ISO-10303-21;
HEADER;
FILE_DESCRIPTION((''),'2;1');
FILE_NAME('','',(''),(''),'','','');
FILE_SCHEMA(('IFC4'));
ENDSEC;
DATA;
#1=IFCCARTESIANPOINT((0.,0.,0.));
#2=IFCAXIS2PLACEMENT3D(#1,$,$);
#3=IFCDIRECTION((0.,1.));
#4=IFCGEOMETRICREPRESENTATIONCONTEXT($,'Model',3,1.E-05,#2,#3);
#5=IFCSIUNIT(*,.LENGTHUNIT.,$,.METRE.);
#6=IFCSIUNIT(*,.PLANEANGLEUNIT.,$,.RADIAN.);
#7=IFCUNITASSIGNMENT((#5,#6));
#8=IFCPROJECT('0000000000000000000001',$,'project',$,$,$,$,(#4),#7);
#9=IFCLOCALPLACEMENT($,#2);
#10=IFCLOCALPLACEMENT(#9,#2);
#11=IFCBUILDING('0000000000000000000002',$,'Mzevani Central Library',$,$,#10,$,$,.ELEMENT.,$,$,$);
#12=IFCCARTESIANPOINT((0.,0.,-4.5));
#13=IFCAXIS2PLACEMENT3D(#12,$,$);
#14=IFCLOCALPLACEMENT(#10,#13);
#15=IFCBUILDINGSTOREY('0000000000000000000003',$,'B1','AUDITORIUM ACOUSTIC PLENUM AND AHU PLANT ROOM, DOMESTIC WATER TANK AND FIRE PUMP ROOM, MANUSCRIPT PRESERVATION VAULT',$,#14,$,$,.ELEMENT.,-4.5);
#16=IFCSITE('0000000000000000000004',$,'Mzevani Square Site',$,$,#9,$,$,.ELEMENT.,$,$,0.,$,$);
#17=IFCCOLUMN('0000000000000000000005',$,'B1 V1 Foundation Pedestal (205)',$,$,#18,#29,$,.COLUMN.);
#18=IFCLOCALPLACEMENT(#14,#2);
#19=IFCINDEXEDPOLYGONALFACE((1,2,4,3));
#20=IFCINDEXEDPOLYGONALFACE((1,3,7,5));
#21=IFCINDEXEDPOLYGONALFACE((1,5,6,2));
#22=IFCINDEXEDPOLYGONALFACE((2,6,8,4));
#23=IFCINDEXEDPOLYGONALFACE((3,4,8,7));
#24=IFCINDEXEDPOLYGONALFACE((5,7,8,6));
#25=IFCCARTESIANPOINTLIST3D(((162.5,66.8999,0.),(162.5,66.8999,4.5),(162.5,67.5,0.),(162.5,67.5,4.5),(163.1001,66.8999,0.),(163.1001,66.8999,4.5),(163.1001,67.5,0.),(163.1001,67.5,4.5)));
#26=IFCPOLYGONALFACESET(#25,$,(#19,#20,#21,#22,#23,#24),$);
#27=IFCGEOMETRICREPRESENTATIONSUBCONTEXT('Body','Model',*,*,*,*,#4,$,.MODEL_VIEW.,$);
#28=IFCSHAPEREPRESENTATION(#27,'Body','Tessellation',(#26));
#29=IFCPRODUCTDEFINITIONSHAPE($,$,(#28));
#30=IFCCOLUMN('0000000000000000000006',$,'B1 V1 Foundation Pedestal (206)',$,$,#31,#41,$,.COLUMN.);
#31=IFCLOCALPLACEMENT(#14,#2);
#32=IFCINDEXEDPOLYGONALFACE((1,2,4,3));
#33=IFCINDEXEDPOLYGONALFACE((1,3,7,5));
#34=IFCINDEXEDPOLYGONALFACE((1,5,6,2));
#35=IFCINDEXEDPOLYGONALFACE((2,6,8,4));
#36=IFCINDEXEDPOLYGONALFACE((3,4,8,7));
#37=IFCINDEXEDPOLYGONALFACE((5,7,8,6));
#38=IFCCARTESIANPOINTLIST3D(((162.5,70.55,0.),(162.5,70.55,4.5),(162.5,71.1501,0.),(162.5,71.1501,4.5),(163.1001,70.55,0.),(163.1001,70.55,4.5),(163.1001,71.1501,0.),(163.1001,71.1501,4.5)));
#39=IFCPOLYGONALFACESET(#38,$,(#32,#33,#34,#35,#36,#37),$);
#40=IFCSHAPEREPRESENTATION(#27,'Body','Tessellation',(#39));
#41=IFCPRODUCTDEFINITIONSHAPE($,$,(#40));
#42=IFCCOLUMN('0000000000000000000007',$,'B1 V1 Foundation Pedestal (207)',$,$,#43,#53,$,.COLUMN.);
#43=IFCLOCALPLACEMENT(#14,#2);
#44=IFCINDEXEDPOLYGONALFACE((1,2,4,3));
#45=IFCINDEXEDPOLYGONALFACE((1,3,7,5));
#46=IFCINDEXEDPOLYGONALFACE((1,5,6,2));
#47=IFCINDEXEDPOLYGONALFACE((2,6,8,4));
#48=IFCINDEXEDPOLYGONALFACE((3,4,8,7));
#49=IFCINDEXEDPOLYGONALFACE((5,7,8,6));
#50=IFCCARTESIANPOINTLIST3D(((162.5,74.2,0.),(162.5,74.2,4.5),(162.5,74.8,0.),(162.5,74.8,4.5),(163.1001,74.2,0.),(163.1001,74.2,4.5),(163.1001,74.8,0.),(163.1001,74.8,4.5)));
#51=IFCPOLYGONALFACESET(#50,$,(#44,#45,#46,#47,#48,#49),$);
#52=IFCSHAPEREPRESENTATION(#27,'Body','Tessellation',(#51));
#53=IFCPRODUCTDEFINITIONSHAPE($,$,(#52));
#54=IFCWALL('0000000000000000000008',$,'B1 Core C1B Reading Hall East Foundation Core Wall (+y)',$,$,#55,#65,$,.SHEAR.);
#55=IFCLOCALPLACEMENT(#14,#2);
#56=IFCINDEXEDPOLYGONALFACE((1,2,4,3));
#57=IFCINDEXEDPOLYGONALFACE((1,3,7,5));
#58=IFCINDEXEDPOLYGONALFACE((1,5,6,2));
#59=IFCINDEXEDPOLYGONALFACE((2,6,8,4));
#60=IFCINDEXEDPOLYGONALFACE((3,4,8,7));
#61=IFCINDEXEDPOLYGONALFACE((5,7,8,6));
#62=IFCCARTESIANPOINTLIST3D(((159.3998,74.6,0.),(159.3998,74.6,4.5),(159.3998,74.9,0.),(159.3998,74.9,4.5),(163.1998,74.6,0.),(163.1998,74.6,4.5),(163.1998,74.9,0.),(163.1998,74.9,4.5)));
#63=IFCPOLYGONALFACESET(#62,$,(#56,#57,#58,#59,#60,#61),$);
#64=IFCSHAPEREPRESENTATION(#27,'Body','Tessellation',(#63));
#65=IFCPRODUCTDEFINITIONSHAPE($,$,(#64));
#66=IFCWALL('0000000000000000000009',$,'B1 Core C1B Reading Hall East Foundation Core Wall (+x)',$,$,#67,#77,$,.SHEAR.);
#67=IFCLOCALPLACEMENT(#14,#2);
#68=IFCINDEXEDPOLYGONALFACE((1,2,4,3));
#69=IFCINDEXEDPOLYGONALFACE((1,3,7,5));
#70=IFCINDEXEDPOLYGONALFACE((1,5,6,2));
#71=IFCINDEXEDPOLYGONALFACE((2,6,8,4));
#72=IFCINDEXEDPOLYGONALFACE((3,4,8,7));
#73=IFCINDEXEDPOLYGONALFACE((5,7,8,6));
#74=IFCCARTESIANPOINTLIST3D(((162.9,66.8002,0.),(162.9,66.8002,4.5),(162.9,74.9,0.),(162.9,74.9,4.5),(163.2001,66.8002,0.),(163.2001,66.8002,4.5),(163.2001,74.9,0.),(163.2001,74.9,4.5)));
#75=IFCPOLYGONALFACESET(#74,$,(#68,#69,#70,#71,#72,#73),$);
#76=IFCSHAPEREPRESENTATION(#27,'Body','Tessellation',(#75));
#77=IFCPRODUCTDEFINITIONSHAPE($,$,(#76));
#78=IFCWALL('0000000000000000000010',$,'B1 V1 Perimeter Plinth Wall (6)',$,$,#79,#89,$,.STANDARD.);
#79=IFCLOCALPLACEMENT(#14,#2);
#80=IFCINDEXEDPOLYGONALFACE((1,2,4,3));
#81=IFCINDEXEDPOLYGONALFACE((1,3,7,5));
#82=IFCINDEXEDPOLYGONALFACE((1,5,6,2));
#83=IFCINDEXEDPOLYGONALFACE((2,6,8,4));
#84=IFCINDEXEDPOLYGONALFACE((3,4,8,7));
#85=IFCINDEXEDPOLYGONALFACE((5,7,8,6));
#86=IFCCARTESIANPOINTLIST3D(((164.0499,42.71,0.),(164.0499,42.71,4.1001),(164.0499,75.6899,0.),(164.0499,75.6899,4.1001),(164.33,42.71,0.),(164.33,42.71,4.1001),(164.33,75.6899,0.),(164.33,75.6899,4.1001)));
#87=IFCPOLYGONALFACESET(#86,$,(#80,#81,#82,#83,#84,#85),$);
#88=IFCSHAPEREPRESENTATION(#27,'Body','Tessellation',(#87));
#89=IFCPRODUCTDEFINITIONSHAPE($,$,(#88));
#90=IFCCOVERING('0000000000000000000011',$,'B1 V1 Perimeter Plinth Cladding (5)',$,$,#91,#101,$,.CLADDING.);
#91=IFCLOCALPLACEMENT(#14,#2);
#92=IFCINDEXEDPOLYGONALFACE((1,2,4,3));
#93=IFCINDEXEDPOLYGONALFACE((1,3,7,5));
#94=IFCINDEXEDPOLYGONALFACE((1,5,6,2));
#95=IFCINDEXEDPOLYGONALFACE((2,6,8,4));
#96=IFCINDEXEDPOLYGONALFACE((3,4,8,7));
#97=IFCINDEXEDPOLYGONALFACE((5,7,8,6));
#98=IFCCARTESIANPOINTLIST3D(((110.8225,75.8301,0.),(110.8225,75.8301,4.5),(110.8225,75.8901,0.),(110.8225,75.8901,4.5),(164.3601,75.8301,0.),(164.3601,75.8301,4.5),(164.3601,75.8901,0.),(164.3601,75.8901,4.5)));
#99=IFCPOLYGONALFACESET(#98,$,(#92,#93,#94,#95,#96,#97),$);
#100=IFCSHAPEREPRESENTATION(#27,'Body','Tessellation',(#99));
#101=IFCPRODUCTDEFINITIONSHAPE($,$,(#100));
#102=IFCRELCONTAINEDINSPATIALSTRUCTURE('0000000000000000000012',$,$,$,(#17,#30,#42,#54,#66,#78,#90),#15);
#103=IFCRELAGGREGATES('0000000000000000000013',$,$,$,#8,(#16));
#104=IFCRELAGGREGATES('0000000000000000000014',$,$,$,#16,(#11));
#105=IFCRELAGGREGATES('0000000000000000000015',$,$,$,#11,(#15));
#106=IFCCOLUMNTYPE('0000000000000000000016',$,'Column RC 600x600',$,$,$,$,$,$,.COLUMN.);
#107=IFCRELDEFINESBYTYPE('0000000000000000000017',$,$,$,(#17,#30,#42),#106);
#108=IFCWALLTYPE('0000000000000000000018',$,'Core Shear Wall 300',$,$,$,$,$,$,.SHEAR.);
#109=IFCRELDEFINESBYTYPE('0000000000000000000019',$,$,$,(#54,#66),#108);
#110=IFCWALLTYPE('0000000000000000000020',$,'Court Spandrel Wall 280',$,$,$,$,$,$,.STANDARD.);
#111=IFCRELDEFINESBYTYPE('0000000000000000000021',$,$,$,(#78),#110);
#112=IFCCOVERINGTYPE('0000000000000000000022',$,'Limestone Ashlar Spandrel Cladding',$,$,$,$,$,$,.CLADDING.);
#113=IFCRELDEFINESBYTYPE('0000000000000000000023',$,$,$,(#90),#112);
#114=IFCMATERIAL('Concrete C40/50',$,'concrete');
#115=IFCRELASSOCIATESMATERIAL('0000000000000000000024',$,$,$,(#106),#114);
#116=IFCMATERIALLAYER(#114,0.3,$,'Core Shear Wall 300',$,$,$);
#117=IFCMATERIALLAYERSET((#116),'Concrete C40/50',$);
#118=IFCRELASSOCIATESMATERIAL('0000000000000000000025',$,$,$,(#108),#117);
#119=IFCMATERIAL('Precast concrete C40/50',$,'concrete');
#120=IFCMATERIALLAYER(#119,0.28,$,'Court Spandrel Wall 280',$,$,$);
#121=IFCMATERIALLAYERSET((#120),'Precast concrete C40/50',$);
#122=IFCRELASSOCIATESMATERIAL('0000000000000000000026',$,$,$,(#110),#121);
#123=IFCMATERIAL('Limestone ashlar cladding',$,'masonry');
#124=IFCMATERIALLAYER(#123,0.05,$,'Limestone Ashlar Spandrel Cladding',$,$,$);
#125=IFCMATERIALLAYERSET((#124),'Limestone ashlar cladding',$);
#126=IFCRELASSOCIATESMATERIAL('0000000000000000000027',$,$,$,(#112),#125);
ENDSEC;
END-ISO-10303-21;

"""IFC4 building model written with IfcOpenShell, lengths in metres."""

from ifc_helpers import new_model, si_unit, direction, frame, frame_2d, origin, origin_2d, place, context, subcontext, project, spatial, rectangle, extrude, material, layer, layer_set, material_profile, profile_set, type_object, element, save


model = new_model("IFC4")

# Units and contexts
model_context = context("Model", 3, precision=1e-05, world=origin(), true_north=direction((0.0, 1.0)))
body_context = subcontext(model_context, "Body", "Model", "MODEL_VIEW")
ifc_project = project(units=[si_unit("LENGTHUNIT", "METRE"), si_unit("PLANEANGLEUNIT", "RADIAN")], contexts=[model_context])

# Site, building, storey
site_placement = place(None, origin())
site = spatial("IfcSite", under=ifc_project, at=site_placement, Name="Mzevani Square Site", CompositionType="ELEMENT", RefElevation=0.0)
building_placement = place(site_placement, origin())
building = spatial("IfcBuilding", under=site, at=building_placement, Name="Mzevani Central Library", CompositionType="ELEMENT")
storey_placement = place(building_placement, frame((0.0, 0.0, -4.5)))
storey = spatial("IfcBuildingStorey", under=building, at=storey_placement, Name="B1", Description="AUDITORIUM ACOUSTIC PLENUM AND AHU PLANT ROOM, DOMESTIC WATER TANK AND FIRE PUMP ROOM, MANUSCRIPT PRESERVATION VAULT", CompositionType="ELEMENT", Elevation=-4.5)

# Shared definitions
ifc_material_1 = material(Name="Concrete C40/50", Category="concrete")

# Columns
ifc_material_profile_1 = material_profile(ifc_material_1, rectangle(XDim=0.6001, YDim=0.6001, at=origin_2d()), Name="RC 600x600")
ifc_profile_set_1 = profile_set([ifc_material_profile_1], Name="Concrete C40/50")
column_type = type_object("IfcColumnType", Name="Column RC 600x600", PredefinedType="COLUMN", material=ifc_profile_set_1)
for number, where, z_axis, x_axis, name in (
    (1, (162.8, 67.2, 0.0), (0.0, 0.0, 1.0), (1.0, 0.0, 0.0), "B1 V1 Foundation Pedestal (205)"),
    (2, (162.8, 70.8501, 0.0), (0.0, 0.0, 1.0), (1.0, 0.0, 0.0), "B1 V1 Foundation Pedestal (206)"),
    (3, (162.8, 74.5, 0.0), (0.0, 0.0, 1.0), (1.0, 0.0, 0.0), "B1 V1 Foundation Pedestal (207)"),
):
    element("IfcColumn", number, at=place(storey_placement, frame(where, z_axis=z_axis, x_axis=x_axis)), inside=storey, type_object=column_type, Name=name, PredefinedType="COLUMN", context=body_context, shape_type="SweptSolid", body=[
        extrude(rectangle(XDim=0.6001, YDim=0.6001, at=origin_2d()), origin(), (0.0, 0.0, 1.0), 4.5),
    ])

# Walls
ifc_layer_1 = layer(ifc_material_1, 0.3, Name="Core Shear Wall 300")
ifc_layer_set_1 = layer_set([ifc_layer_1], Name="Concrete C40/50")
wall_type_1 = type_object("IfcWallType", Name="Core Shear Wall 300", PredefinedType="SHEAR", material=ifc_layer_set_1)
wall_1_placement = place(storey_placement, frame((159.3999, 74.75, 0.0), z_axis=(0.0, 0.0, 1.0), x_axis=(1.0, 0.0, 0.0)))
element("IfcWall", 4, at=wall_1_placement, inside=storey, type_object=wall_type_1, Name="B1 Core C1B Reading Hall East Foundation Core Wall (+y)", PredefinedType="SHEAR", context=body_context, shape_type="SweptSolid", body=[
    extrude(rectangle(XDim=3.8, YDim=0.3, at=frame_2d((1.8999, 0.0))), origin(), (0.0, 0.0, 1.0), 4.5),
])
wall_2_placement = place(storey_placement, frame((163.05, 74.8999, 0.0), z_axis=(0.0, 0.0, 1.0), x_axis=(0.0, -1.0, 0.0)))
element("IfcWall", 5, at=wall_2_placement, inside=storey, type_object=wall_type_1, Name="B1 Core C1B Reading Hall East Foundation Core Wall (+x)", PredefinedType="SHEAR", context=body_context, shape_type="SweptSolid", body=[
    extrude(rectangle(XDim=8.0999, YDim=0.3, at=frame_2d((4.0498, 0.0))), origin(), (0.0, 0.0, 1.0), 4.5),
])
ifc_material_2 = material(Name="Precast concrete C40/50", Category="concrete")
ifc_layer_2 = layer(ifc_material_2, 0.28, Name="Court Spandrel Wall 280")
ifc_layer_set_2 = layer_set([ifc_layer_2], Name="Precast concrete C40/50")
wall_type_2 = type_object("IfcWallType", Name="Court Spandrel Wall 280", PredefinedType="STANDARD", material=ifc_layer_set_2)
wall_3_placement = place(storey_placement, frame((164.1899, 75.6899, 0.0), z_axis=(0.0, 0.0, 1.0), x_axis=(0.0, -1.0, 0.0)))
element("IfcWall", 6, at=wall_3_placement, inside=storey, type_object=wall_type_2, Name="B1 V1 Perimeter Plinth Wall (6)", PredefinedType="STANDARD", context=body_context, shape_type="SweptSolid", body=[
    extrude(rectangle(XDim=32.98, YDim=0.28, at=frame_2d((16.49, 0.0))), origin(), (0.0, 0.0, 1.0), 4.1001),
])

# Covering
ifc_material_3 = material(Name="Limestone ashlar cladding", Category="masonry")
ifc_layer_3 = layer(ifc_material_3, 0.05, Name="Limestone Ashlar Spandrel Cladding")
ifc_layer_set_3 = layer_set([ifc_layer_3], Name="Limestone ashlar cladding")
covering_type = type_object("IfcCoveringType", Name="Limestone Ashlar Spandrel Cladding", PredefinedType="CLADDING", material=ifc_layer_set_3)
covering_placement = place(storey_placement, frame((137.5913, 75.8601, 0.0), z_axis=(0.0, 0.0, 1.0), x_axis=(1.0, 0.0, 0.0)))
element("IfcCovering", 7, at=covering_placement, inside=storey, type_object=covering_type, Name="B1 V1 Perimeter Plinth Cladding (5)", PredefinedType="CLADDING", context=body_context, shape_type="SweptSolid", body=[
    extrude(rectangle(XDim=53.5376, YDim=0.0601, at=origin_2d()), origin(), (0.0, 0.0, 1.0), 4.5),
])

save(model, "model.ifc")
